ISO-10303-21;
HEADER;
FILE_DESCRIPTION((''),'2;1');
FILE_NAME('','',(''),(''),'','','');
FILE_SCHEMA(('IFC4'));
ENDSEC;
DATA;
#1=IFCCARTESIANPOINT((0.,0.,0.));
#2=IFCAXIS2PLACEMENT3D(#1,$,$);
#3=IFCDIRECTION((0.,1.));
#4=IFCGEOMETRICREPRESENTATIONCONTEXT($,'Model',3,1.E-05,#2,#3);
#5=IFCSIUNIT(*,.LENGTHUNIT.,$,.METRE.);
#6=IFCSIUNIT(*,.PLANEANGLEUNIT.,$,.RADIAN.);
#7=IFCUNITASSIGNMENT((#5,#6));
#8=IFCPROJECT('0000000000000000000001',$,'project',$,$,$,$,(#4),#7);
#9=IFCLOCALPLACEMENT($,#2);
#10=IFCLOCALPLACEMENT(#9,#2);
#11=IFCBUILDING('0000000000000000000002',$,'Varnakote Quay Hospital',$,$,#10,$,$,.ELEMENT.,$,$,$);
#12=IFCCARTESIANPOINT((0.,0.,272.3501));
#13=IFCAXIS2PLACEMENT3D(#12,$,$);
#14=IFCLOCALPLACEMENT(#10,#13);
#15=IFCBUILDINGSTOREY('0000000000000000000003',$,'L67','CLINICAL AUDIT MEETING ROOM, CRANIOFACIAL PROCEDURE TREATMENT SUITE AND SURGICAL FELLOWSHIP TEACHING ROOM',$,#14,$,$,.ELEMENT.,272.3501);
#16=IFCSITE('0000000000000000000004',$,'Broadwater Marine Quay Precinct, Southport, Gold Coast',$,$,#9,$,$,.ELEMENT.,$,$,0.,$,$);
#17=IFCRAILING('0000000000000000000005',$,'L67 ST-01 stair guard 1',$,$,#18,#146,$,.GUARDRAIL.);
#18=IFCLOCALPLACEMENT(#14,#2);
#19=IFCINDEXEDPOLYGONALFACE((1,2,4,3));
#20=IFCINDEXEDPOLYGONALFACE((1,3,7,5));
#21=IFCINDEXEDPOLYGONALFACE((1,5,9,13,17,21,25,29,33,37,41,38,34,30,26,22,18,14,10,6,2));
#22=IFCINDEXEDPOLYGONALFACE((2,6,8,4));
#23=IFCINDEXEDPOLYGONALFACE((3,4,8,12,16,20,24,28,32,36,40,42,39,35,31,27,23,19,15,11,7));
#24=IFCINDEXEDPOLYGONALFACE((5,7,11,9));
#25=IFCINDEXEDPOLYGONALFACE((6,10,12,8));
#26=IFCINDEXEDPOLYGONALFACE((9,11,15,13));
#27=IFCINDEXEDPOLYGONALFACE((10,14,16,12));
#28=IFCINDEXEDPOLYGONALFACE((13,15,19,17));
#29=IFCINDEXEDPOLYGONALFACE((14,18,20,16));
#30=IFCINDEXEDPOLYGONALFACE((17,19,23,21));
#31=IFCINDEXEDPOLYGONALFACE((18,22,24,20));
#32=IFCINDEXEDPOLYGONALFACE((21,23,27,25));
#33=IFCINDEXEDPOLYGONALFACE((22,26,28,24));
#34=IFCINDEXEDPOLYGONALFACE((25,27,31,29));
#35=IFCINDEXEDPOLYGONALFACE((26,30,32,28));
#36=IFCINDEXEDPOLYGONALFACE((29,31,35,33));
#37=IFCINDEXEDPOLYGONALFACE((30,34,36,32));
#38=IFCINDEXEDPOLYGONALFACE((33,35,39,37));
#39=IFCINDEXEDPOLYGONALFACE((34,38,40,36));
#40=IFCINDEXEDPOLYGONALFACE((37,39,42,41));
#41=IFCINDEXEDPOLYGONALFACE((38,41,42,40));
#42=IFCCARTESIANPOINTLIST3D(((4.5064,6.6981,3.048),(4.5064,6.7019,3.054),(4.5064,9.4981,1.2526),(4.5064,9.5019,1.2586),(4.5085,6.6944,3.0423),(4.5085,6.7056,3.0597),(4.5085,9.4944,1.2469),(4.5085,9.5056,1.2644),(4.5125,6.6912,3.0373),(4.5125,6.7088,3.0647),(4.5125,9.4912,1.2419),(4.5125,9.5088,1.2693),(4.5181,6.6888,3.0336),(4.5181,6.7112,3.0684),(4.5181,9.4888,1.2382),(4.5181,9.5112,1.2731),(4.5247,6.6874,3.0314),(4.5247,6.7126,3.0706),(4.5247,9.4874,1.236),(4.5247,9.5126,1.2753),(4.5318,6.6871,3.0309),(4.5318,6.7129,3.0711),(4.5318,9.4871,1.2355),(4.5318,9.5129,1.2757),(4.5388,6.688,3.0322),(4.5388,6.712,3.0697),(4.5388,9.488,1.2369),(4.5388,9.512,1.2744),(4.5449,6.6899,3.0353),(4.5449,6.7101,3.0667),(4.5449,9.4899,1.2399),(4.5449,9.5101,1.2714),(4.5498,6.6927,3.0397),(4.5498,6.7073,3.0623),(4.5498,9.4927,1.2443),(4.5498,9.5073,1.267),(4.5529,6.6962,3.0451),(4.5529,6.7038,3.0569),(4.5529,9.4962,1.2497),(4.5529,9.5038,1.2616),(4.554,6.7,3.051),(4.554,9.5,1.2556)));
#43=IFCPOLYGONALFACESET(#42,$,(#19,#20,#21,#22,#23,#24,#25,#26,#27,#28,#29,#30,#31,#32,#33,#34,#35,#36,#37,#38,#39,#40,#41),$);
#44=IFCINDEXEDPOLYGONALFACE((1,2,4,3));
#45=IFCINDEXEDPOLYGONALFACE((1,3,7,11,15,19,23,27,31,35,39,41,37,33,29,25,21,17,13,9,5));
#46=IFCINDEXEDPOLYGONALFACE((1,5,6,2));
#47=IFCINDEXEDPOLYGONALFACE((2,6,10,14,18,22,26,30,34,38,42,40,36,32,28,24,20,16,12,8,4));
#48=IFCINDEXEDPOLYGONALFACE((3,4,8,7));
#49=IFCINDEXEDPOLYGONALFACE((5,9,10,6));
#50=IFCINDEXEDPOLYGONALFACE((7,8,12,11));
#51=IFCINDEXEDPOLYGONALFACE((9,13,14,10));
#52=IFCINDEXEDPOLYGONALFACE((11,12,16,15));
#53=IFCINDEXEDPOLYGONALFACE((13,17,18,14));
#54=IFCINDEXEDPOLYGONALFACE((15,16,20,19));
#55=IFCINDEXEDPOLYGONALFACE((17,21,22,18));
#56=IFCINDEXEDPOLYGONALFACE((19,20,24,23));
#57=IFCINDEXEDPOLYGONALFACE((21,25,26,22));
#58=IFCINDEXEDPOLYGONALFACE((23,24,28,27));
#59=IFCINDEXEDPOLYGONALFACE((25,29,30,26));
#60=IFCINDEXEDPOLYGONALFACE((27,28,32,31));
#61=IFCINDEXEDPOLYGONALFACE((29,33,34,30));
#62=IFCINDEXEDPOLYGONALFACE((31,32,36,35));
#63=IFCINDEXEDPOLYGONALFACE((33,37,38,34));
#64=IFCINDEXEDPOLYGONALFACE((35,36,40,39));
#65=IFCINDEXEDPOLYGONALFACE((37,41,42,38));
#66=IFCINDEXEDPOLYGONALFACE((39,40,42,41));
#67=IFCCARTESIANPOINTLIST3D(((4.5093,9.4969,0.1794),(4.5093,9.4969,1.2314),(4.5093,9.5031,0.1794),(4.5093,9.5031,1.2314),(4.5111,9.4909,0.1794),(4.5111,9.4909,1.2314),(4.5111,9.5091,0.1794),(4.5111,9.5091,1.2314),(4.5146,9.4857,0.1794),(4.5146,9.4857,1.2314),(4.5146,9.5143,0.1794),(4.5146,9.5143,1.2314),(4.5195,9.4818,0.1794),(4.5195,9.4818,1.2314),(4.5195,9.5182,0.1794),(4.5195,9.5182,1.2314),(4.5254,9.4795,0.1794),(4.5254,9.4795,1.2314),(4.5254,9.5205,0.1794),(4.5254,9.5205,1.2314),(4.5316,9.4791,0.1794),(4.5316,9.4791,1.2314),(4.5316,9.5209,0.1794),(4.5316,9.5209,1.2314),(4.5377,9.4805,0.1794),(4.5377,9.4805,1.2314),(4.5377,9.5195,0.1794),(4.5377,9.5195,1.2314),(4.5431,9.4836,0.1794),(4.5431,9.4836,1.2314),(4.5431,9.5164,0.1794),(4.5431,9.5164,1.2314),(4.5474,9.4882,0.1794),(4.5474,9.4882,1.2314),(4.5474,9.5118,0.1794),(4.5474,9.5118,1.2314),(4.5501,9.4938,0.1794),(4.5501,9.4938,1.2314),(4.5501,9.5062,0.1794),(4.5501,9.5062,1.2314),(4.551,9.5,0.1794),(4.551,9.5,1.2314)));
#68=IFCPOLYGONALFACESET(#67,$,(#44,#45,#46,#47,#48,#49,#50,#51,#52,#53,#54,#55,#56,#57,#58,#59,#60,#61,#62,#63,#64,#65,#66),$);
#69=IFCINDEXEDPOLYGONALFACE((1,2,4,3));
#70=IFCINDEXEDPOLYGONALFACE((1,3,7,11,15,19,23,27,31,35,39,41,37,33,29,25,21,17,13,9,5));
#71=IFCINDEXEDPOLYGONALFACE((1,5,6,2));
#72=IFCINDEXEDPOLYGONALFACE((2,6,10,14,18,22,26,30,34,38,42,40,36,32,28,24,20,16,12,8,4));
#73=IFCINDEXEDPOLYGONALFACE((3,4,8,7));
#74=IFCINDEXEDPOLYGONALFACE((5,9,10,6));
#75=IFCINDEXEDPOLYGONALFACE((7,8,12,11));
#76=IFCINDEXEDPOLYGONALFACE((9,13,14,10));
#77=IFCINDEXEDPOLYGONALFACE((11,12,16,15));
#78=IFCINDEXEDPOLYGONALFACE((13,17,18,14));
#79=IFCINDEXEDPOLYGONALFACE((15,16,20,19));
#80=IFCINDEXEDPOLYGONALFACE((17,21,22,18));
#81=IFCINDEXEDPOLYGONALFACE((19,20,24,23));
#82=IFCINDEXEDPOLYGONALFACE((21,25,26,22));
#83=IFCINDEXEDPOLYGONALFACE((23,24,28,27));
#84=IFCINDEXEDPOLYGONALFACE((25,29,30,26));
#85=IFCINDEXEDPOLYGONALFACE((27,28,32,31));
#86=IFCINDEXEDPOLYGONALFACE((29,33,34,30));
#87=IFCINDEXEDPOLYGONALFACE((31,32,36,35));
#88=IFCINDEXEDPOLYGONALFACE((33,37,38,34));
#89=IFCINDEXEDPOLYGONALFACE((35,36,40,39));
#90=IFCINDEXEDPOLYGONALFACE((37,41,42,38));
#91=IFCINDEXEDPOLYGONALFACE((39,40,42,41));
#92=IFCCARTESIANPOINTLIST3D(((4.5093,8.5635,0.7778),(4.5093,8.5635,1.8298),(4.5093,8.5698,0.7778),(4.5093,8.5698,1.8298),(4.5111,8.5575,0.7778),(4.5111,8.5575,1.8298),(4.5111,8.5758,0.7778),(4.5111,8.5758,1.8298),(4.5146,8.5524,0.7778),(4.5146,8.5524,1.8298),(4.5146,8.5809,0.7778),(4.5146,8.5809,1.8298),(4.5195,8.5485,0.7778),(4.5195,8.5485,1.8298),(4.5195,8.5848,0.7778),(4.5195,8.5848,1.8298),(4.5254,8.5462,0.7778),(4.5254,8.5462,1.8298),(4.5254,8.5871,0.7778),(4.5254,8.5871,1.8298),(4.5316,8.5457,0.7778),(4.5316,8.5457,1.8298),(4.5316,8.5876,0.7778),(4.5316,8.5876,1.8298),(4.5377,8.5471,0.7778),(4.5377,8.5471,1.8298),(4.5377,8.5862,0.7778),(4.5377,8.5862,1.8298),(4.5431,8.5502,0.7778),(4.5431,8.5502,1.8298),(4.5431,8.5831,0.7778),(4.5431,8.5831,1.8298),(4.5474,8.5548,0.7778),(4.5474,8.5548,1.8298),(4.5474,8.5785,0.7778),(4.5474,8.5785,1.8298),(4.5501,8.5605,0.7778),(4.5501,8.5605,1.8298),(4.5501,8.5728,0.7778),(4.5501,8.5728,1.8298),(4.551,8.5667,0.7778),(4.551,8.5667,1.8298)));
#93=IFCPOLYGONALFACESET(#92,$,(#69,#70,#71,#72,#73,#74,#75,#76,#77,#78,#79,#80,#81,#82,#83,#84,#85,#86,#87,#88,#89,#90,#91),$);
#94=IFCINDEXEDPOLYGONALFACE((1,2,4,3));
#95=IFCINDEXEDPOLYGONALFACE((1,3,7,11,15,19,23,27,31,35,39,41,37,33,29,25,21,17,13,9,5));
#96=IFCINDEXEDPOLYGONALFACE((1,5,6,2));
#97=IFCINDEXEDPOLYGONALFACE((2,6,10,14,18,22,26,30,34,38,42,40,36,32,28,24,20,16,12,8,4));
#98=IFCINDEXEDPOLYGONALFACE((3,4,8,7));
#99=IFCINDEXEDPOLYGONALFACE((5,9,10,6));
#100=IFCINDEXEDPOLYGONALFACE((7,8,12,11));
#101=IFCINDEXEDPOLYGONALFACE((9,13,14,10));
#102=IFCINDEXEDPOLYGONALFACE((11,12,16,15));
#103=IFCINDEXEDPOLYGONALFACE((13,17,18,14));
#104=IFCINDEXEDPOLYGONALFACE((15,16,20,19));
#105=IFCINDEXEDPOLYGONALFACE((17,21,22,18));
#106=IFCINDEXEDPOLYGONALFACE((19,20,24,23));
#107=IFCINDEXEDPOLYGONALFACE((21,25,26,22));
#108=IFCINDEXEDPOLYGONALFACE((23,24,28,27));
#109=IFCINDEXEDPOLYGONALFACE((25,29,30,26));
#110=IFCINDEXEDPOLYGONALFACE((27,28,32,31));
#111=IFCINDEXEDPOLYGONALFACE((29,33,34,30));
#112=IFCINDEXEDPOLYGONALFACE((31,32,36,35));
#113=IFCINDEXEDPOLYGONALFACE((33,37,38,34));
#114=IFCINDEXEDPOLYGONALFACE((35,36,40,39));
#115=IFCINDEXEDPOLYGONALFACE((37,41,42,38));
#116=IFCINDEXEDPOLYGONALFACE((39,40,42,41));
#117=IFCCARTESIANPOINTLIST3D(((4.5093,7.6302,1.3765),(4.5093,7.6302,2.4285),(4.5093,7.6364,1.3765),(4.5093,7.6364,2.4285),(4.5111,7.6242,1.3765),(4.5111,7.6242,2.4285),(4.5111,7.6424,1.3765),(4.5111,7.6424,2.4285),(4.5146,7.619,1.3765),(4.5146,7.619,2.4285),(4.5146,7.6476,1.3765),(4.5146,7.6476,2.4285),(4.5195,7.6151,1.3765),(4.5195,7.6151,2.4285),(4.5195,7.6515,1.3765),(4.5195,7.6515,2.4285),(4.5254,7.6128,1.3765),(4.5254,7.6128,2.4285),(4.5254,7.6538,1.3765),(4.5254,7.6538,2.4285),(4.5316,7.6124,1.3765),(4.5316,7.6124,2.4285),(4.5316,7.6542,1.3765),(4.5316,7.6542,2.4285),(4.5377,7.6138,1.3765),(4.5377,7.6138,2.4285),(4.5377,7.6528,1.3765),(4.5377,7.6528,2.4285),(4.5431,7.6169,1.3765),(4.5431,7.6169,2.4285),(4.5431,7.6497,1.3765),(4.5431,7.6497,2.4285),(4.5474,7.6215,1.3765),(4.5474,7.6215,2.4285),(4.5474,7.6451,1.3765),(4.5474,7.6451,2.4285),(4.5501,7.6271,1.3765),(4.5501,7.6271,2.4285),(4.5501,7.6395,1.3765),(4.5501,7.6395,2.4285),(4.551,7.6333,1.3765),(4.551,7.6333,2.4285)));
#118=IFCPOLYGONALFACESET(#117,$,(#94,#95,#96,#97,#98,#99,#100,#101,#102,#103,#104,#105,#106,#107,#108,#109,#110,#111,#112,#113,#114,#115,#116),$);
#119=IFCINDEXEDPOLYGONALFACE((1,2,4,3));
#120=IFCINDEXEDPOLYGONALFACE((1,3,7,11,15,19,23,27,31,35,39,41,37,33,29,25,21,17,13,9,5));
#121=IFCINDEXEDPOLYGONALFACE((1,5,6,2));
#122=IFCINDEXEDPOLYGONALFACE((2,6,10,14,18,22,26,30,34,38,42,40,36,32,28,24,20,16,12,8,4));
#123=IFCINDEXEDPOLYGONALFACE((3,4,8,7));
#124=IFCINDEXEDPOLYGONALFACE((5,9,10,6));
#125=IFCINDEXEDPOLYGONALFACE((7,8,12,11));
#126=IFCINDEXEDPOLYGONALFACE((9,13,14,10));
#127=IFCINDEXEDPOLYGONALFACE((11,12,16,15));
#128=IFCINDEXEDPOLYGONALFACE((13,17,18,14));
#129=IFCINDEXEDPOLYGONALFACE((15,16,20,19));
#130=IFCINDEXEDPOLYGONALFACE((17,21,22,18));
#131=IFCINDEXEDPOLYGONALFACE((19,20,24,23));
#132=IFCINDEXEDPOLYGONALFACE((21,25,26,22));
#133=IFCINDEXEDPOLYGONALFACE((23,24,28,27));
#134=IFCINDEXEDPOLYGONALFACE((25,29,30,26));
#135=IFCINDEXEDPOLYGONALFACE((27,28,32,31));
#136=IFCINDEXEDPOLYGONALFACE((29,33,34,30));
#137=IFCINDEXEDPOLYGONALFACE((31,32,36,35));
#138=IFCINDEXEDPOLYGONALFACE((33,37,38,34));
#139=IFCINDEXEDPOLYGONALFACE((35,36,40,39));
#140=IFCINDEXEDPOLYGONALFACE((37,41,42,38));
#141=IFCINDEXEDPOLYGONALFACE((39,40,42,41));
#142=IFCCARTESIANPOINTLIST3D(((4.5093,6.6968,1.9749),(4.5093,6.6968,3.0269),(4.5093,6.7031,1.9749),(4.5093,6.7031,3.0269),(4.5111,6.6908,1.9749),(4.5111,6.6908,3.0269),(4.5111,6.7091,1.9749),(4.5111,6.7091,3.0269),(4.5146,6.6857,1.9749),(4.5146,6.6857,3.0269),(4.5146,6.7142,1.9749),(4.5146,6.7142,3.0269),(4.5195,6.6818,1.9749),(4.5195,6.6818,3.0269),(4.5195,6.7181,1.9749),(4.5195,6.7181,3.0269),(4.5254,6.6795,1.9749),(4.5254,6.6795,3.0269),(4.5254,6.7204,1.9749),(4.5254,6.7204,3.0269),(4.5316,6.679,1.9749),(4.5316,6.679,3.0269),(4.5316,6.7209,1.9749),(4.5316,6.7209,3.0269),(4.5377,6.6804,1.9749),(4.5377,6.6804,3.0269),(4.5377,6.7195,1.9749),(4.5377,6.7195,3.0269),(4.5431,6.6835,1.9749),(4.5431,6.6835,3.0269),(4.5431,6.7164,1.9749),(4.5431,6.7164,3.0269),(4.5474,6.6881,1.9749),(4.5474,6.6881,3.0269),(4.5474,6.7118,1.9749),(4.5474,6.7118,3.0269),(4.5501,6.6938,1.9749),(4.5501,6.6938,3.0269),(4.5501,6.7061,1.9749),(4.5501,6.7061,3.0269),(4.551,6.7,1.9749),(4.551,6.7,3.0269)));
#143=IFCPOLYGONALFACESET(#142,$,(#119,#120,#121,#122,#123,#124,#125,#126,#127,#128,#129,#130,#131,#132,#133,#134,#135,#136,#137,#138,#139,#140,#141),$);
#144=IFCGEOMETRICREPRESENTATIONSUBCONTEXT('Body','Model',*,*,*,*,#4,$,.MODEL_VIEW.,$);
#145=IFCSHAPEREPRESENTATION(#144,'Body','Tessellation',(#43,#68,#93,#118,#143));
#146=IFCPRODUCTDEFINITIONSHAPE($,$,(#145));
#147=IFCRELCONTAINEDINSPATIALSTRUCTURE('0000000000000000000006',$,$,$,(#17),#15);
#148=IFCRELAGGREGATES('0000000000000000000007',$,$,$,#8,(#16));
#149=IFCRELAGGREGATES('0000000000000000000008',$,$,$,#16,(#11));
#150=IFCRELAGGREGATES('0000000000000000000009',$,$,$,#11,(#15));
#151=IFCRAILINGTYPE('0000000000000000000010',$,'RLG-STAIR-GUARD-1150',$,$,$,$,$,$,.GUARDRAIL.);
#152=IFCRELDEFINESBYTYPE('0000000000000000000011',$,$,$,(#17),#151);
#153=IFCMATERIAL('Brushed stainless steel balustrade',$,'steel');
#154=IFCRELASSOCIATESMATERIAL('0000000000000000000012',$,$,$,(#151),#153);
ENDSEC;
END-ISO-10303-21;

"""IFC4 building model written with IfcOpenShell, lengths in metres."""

from ifc_helpers import new_model, si_unit, direction, frame, origin, origin_2d, place, context, subcontext, project, spatial, circle, extrude, material, type_object, element, save


model = new_model("IFC4")

# Units and contexts
model_context = context("Model", 3, precision=1e-05, world=origin(), true_north=direction((0.0, 1.0)))
body_context = subcontext(model_context, "Body", "Model", "MODEL_VIEW")
ifc_project = project(units=[si_unit("LENGTHUNIT", "METRE"), si_unit("PLANEANGLEUNIT", "RADIAN")], contexts=[model_context])

# Site, building, storey
site_placement = place(None, origin())
site = spatial("IfcSite", under=ifc_project, at=site_placement, Name="Broadwater Marine Quay Precinct, Southport, Gold Coast", CompositionType="ELEMENT", RefElevation=0.0)
building_placement = place(site_placement, origin())
building = spatial("IfcBuilding", under=site, at=building_placement, Name="Varnakote Quay Hospital", CompositionType="ELEMENT")
storey_placement = place(building_placement, frame((0.0, 0.0, 272.3501)))
storey = spatial("IfcBuildingStorey", under=building, at=storey_placement, Name="L67", Description="CLINICAL AUDIT MEETING ROOM, CRANIOFACIAL PROCEDURE TREATMENT SUITE AND SURGICAL FELLOWSHIP TEACHING ROOM", CompositionType="ELEMENT", Elevation=272.3501)

# Railing
ifc_material_1 = material(Name="Brushed stainless steel balustrade", Category="steel")
railing_type_1 = type_object("IfcRailingType", Name="RLG-STAIR-GUARD-1150", PredefinedType="GUARDRAIL", material=ifc_material_1)
railing_1_placement = place(storey_placement, frame((4.53, 9.5, 0.1794)))
element("IfcRailing", 1, at=railing_1_placement, inside=storey, type_object=railing_type_1, Name="L67 ST-01 stair guard 1", PredefinedType="GUARDRAIL", context=body_context, shape_type="SweptSolid", body=[
    extrude(circle(Radius=0.0239, at=origin_2d()), frame((0.0, 0.0, 1.0762), z_axis=(0.0, -0.84181, 0.539774), x_axis=(1.0, 0.0, 0.0)), (0.0, 0.0, 1.0), 3.3262),
    extrude(circle(Radius=0.021, at=origin_2d()), origin(), (0.0, 0.0, 1.0), 1.052),
    extrude(circle(Radius=0.021, at=origin_2d()), frame((0.0, -0.9333, 0.5984)), (0.0, 0.0, 1.0), 1.052),
    extrude(circle(Radius=0.021, at=origin_2d()), frame((0.0, -1.8667, 1.197)), (0.0, 0.0, 1.0), 1.052),
    extrude(circle(Radius=0.021, at=origin_2d()), frame((0.0, -2.8, 1.7954)), (0.0, 0.0, 1.0), 1.052),
])

save(model, "model.ifc")
